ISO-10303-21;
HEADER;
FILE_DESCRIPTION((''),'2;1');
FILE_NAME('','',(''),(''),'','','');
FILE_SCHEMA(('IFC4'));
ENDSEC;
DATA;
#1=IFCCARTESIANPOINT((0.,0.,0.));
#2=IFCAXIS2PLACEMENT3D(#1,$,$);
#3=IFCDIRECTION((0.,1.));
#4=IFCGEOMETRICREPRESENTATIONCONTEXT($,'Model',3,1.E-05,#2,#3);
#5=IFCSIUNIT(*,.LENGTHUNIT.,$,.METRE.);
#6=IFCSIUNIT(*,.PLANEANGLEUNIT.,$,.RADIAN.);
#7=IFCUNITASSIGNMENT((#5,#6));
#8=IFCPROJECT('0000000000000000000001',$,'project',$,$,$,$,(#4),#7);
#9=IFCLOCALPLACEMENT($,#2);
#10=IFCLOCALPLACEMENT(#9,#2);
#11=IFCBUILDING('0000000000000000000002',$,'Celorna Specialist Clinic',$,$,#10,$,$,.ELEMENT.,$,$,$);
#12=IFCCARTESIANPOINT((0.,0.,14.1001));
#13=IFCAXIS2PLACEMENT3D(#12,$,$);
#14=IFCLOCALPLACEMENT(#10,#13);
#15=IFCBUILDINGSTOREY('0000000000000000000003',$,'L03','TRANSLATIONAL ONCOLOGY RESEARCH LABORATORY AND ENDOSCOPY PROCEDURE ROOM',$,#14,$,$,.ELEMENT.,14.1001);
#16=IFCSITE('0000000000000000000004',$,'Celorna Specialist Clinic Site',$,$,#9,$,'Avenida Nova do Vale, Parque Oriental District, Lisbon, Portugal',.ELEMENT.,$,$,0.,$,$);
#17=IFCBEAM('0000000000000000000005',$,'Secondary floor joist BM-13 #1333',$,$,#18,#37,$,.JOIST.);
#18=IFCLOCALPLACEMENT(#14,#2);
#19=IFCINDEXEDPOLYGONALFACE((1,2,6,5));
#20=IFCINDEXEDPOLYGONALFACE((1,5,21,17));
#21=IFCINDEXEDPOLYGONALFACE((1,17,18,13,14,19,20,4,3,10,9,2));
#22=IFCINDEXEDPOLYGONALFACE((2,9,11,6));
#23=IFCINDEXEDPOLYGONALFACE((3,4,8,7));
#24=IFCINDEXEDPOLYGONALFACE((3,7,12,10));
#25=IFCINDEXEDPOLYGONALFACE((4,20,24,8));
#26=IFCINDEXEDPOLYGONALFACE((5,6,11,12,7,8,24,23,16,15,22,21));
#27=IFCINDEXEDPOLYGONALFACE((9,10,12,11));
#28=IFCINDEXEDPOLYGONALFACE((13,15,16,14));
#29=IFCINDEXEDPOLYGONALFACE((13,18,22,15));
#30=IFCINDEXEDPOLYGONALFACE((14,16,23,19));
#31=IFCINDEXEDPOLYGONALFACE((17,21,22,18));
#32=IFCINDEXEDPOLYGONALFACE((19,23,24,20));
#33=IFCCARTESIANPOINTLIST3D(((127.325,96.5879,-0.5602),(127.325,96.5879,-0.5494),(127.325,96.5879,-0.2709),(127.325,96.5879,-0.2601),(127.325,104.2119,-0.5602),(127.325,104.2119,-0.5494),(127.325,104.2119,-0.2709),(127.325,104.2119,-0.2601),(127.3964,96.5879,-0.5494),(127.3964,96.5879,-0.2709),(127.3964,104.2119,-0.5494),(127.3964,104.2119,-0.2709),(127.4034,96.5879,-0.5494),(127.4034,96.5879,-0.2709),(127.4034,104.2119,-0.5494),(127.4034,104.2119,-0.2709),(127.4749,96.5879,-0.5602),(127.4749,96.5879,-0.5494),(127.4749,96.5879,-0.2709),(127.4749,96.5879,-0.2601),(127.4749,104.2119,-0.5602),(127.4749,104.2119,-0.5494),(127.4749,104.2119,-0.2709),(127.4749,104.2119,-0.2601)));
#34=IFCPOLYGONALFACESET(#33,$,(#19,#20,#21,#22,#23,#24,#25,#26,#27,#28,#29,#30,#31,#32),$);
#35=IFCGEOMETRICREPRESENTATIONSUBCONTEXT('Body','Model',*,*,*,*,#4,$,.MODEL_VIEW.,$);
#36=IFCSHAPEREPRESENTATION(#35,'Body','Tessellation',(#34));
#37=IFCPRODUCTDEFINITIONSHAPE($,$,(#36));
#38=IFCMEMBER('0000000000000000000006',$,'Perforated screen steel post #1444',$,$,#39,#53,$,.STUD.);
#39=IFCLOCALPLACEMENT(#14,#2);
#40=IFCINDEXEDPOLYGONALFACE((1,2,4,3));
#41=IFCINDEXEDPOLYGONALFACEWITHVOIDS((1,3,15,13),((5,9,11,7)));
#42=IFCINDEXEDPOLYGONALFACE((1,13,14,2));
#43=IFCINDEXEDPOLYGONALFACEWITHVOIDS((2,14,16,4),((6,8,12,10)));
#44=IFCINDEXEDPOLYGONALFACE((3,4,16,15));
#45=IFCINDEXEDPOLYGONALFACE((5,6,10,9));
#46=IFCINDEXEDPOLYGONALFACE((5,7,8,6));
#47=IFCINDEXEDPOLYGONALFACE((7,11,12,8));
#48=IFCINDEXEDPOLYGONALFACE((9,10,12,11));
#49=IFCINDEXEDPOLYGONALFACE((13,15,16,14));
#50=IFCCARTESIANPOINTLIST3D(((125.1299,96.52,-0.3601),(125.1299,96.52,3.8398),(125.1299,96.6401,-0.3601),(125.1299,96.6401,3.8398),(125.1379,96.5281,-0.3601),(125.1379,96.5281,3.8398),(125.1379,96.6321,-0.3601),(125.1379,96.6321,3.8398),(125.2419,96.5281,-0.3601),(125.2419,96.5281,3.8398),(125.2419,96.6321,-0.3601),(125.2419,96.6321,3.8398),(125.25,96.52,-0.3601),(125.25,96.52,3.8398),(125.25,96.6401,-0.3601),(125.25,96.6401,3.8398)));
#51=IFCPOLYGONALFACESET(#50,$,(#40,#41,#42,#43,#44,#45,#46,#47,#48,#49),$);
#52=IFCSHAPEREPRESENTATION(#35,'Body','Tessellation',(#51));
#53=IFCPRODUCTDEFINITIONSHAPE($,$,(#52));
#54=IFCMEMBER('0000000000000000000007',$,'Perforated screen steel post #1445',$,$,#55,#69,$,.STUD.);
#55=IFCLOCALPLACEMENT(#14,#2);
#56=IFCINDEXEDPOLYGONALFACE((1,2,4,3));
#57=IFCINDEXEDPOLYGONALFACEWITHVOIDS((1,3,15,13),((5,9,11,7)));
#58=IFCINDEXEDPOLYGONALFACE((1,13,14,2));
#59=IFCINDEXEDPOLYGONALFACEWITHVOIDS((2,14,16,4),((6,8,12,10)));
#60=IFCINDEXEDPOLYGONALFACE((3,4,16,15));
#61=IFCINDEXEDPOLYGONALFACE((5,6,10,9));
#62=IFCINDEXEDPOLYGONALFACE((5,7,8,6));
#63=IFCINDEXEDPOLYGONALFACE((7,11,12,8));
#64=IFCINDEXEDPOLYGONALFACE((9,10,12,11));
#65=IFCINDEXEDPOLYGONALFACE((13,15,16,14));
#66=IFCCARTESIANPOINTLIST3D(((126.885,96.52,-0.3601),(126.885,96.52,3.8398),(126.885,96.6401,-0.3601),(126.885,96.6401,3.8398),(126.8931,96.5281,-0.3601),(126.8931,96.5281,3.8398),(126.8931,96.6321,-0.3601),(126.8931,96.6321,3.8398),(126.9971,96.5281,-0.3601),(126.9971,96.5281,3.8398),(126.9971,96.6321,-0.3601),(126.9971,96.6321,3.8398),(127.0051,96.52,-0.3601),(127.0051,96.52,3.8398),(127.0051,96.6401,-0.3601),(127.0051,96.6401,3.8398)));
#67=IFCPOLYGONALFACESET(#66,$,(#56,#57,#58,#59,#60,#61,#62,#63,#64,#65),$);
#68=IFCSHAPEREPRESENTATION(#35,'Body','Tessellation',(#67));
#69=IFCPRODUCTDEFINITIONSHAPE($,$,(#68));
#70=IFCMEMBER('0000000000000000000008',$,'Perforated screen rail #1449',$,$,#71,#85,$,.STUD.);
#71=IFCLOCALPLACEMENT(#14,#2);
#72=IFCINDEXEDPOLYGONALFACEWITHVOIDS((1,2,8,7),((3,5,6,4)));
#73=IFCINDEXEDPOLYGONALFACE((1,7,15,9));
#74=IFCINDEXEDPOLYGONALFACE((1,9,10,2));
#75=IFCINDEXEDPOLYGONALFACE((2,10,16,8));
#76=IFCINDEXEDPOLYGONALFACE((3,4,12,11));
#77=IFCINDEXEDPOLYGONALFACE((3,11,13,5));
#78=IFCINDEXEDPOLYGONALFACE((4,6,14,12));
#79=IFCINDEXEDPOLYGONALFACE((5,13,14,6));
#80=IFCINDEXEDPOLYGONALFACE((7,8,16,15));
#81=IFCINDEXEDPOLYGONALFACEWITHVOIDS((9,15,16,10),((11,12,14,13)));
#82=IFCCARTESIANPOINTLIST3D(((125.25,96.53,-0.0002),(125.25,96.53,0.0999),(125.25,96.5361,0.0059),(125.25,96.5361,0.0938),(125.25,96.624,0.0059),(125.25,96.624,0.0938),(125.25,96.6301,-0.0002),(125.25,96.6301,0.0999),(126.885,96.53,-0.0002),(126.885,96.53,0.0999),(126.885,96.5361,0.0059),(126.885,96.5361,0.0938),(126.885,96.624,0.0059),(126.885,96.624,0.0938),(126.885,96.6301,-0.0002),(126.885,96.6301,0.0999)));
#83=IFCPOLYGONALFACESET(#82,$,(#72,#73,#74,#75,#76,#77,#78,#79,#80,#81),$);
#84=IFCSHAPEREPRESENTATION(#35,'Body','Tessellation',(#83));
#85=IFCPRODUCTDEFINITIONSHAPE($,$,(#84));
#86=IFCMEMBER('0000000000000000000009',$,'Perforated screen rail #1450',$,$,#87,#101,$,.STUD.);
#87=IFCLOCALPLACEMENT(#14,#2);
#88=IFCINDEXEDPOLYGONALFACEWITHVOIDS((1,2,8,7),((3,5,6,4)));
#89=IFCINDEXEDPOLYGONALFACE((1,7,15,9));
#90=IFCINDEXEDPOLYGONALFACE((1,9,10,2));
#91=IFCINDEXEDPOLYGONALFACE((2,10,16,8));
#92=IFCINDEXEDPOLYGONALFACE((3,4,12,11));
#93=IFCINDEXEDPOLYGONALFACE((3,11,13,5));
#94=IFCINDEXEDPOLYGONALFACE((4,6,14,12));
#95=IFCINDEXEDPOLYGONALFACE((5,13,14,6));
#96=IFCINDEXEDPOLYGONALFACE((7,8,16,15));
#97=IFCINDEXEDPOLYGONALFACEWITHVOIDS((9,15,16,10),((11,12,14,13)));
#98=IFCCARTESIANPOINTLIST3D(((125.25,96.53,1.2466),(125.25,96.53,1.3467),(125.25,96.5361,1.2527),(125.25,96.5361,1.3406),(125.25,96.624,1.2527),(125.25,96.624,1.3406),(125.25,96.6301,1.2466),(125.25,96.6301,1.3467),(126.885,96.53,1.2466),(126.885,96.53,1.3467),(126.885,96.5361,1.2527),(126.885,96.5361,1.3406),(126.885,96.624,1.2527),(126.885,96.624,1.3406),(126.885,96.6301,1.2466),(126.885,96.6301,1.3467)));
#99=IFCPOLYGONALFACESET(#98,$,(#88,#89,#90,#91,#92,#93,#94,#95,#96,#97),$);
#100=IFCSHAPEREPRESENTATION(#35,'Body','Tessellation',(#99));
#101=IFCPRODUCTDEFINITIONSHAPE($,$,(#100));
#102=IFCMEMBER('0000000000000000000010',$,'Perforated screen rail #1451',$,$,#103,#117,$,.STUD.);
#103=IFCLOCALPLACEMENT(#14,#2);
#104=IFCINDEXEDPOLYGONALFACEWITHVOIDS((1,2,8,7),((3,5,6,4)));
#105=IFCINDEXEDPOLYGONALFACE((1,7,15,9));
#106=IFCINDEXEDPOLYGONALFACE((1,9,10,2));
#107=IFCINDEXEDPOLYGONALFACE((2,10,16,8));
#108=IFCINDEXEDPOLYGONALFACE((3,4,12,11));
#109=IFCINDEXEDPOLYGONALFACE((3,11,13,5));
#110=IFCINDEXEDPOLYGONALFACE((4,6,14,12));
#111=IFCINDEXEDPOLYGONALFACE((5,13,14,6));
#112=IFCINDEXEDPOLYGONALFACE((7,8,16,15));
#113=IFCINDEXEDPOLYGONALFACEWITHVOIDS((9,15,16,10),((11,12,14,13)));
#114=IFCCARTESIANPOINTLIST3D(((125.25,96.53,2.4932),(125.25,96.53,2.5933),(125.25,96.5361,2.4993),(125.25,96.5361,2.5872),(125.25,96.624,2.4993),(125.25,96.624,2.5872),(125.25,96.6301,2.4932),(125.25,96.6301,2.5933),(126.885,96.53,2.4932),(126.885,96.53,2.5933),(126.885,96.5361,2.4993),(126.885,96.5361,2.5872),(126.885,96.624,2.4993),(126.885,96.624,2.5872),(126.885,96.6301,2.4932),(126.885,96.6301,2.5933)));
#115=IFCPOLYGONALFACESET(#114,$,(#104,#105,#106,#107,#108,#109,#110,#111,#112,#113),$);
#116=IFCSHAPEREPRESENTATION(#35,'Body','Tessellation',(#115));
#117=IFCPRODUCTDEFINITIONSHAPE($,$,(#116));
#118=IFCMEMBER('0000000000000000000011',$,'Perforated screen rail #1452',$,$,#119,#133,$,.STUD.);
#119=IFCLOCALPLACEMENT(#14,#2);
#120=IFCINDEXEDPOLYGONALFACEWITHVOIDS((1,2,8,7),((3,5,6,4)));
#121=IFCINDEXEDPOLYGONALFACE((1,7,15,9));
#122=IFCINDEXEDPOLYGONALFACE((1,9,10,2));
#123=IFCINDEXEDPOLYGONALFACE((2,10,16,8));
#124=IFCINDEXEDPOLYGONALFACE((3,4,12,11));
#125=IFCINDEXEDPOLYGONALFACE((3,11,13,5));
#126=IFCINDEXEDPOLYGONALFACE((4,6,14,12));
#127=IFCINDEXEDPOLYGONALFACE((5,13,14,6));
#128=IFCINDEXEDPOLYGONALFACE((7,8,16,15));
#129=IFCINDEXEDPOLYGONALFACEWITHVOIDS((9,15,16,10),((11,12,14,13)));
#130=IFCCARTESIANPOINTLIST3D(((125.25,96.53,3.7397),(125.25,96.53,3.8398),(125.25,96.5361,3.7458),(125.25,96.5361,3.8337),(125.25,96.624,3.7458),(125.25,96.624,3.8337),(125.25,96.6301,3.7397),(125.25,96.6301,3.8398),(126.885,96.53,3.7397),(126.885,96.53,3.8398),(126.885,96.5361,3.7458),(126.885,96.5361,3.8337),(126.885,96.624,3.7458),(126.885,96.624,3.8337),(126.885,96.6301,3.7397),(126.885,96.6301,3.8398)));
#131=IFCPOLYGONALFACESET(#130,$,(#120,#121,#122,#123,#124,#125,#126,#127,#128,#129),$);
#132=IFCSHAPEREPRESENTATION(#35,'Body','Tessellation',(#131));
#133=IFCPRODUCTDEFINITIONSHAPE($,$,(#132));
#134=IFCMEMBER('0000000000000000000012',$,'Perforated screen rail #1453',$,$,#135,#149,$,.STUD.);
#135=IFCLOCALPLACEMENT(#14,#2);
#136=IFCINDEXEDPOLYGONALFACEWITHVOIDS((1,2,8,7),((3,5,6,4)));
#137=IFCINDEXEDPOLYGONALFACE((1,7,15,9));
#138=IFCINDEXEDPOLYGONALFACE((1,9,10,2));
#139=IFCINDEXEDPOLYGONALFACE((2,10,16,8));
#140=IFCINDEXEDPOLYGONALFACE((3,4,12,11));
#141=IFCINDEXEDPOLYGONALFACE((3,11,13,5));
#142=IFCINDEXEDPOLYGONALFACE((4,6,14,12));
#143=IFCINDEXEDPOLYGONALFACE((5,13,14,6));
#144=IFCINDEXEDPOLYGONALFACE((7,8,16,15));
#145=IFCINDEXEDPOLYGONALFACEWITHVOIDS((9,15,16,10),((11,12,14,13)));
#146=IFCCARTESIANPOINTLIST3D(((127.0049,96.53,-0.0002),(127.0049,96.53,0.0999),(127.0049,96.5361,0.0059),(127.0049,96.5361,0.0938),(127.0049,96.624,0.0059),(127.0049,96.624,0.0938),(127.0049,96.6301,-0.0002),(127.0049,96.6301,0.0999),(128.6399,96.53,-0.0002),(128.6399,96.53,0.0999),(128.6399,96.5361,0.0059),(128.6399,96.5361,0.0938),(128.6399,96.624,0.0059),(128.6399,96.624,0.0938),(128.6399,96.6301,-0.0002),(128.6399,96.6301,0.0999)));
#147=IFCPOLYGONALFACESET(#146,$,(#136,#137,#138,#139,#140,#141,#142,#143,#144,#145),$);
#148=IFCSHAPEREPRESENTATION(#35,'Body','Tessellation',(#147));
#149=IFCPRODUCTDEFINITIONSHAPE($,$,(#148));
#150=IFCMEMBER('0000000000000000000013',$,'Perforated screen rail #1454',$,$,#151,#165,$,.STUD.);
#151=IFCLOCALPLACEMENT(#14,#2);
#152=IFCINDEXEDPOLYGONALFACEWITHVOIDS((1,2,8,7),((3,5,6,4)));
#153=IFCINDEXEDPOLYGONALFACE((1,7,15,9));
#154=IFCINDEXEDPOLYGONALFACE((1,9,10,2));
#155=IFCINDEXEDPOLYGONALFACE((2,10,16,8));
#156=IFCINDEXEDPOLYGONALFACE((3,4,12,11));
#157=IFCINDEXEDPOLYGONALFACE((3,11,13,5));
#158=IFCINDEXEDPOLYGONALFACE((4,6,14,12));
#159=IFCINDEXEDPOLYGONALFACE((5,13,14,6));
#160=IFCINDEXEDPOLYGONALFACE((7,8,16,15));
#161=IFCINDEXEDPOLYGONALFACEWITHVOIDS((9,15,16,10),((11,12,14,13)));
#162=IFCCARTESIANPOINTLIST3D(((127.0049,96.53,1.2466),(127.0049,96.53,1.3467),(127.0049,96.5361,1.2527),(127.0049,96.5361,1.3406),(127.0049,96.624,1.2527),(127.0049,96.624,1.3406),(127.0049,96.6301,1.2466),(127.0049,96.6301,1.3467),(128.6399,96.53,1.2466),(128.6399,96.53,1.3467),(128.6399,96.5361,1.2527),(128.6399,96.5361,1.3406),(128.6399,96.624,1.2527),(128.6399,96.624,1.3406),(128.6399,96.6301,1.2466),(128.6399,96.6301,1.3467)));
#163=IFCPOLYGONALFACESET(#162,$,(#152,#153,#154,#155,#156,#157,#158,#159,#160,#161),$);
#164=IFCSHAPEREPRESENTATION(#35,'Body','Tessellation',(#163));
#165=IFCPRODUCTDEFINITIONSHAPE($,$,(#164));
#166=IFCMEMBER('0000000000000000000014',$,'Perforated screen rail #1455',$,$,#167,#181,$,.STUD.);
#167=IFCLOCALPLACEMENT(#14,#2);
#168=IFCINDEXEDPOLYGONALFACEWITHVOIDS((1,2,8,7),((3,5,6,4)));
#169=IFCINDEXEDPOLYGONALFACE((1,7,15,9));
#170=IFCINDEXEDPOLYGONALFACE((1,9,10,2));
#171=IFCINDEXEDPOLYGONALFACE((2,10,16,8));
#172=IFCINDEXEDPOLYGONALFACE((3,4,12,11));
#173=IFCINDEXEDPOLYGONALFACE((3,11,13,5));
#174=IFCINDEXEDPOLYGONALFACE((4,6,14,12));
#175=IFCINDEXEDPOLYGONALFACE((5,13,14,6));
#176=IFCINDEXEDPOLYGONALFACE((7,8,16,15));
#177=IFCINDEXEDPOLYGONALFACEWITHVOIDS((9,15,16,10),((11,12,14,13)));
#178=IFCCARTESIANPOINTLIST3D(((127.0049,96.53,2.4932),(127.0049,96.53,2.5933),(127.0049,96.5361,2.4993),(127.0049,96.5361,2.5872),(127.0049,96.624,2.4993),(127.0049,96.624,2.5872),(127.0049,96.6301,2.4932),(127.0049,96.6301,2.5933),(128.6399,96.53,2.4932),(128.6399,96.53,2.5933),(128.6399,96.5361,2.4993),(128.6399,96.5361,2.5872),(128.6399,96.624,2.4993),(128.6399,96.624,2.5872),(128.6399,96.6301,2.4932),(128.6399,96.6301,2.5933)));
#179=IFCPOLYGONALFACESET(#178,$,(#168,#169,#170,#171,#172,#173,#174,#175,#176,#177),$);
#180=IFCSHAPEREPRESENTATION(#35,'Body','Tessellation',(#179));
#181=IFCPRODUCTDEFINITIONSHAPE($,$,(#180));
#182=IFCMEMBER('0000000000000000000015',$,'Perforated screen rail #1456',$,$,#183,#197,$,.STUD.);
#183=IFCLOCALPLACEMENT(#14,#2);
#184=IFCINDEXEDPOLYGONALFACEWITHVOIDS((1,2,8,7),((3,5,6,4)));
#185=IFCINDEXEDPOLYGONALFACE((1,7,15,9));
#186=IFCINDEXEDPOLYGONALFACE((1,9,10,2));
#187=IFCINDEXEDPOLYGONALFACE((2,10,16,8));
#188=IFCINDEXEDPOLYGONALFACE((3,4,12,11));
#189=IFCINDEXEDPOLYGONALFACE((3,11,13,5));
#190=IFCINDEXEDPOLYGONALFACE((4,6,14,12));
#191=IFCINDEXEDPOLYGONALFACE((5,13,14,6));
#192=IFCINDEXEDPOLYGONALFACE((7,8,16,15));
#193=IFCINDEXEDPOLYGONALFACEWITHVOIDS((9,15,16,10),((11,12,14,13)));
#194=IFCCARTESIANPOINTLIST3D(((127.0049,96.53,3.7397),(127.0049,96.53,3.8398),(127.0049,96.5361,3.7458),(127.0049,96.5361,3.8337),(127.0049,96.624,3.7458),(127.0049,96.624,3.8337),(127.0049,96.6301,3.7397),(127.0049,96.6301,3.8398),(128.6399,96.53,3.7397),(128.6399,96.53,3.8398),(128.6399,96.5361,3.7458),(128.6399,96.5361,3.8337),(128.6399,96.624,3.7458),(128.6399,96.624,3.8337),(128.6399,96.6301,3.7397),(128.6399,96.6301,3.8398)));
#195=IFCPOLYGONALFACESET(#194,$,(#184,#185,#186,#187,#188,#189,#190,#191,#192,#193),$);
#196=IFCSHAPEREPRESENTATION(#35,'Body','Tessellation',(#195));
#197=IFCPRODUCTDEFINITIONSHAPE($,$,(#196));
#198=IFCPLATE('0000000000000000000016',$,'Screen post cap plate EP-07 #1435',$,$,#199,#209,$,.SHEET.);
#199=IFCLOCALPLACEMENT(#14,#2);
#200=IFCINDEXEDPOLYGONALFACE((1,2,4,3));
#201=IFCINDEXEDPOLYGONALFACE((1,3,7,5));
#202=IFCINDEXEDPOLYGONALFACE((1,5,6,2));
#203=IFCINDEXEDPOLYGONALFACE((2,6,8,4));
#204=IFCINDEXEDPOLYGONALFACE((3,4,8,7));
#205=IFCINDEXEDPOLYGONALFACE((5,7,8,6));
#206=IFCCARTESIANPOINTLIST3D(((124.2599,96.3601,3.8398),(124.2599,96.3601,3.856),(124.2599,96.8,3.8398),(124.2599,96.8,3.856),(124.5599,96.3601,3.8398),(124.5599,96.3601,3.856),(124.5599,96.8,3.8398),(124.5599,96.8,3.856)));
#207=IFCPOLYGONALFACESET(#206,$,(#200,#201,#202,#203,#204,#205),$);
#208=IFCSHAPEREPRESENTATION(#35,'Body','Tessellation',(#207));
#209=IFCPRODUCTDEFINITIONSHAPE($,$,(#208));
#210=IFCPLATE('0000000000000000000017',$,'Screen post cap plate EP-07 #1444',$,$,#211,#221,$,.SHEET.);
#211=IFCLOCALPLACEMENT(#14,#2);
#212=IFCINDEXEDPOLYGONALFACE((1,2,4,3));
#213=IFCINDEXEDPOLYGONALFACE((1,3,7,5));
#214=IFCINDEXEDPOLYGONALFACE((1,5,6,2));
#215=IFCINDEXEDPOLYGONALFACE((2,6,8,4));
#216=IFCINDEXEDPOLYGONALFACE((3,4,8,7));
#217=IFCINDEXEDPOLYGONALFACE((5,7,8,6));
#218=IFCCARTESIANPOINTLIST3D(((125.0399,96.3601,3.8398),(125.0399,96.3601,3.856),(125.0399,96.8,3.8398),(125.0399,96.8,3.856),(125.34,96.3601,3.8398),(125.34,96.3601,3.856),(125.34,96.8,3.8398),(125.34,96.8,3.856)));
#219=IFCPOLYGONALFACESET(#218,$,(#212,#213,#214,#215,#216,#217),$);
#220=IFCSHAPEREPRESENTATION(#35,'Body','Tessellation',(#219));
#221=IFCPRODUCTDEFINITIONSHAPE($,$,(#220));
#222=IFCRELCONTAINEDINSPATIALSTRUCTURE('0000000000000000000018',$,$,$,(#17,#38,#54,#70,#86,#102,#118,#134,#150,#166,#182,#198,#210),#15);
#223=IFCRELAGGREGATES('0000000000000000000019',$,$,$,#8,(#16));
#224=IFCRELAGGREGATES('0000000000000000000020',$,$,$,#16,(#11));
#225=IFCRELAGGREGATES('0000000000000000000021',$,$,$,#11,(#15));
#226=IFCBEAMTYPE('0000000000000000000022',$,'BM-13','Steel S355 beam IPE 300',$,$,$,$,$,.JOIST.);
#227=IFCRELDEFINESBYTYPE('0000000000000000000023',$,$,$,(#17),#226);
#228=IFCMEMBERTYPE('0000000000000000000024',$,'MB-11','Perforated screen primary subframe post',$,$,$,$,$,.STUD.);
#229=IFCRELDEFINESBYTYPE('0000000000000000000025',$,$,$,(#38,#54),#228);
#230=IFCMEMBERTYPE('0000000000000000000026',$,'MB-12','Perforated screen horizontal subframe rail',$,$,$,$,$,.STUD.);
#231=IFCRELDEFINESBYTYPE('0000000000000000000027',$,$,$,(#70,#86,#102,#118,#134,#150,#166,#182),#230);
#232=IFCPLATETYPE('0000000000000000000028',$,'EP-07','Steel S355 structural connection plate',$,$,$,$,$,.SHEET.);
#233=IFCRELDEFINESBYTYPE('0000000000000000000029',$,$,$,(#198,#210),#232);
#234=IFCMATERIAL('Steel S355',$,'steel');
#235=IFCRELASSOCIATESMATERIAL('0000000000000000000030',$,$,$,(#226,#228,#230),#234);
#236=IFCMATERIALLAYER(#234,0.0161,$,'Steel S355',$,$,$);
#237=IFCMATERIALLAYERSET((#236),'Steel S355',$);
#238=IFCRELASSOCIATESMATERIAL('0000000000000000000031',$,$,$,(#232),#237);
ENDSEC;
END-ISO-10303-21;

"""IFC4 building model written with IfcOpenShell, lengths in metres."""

from ifc_helpers import new_model, si_unit, direction, frame, origin, origin_2d, place, context, subcontext, project, spatial, rectangle, hollow_rectangle, i_section, extrude, material, layer, layer_set, material_profile, profile_set, type_object, element, save


model = new_model("IFC4")

# Units and contexts
model_context = context("Model", 3, precision=1e-05, world=origin(), true_north=direction((0.0, 1.0)))
body_context = subcontext(model_context, "Body", "Model", "MODEL_VIEW")
ifc_project = project(units=[si_unit("LENGTHUNIT", "METRE"), si_unit("PLANEANGLEUNIT", "RADIAN")], contexts=[model_context])

# Site, building, storey
site_placement = place(None, origin())
site = spatial("IfcSite", under=ifc_project, at=site_placement, Name="Celorna Specialist Clinic Site", LongName="Avenida Nova do Vale, Parque Oriental District, Lisbon, Portugal", CompositionType="ELEMENT", RefElevation=0.0)
building_placement = place(site_placement, origin())
building = spatial("IfcBuilding", under=site, at=building_placement, Name="Celorna Specialist Clinic", CompositionType="ELEMENT")
storey_placement = place(building_placement, frame((0.0, 0.0, 14.1001)))
storey = spatial("IfcBuildingStorey", under=building, at=storey_placement, Name="L03", Description="TRANSLATIONAL ONCOLOGY RESEARCH LABORATORY AND ENDOSCOPY PROCEDURE ROOM", CompositionType="ELEMENT", Elevation=14.1001)

# Beam
ifc_material_1 = material(Name="Steel S355", Category="steel")
ifc_material_profile_1 = material_profile(ifc_material_1, i_section(OverallWidth=0.1499, OverallDepth=0.3, WebThickness=0.0071, FlangeThickness=0.0107, at=origin_2d()), Name="IPE 300")
ifc_profile_set_1 = profile_set([ifc_material_profile_1], Name="Steel S355")
beam_type = type_object("IfcBeamType", Name="BM-13", Description="Steel S355 beam IPE 300", PredefinedType="JOIST", material=ifc_profile_set_1)
beam_placement = place(storey_placement, frame((127.3999, 96.5879, -0.4102), z_axis=(0.0, 1.0, 0.0), x_axis=(-1.0, 0.0, 0.0)))
element("IfcBeam", 1, at=beam_placement, inside=storey, type_object=beam_type, Name="Secondary floor joist BM-13 #1333", PredefinedType="JOIST", context=body_context, shape_type="SweptSolid", body=[
    extrude(i_section(OverallWidth=0.1499, OverallDepth=0.3, WebThickness=0.0071, FlangeThickness=0.0107, at=origin_2d()), origin(), (0.0, 0.0, 1.0), 7.624),
])

# Members
ifc_material_profile_2 = material_profile(ifc_material_1, hollow_rectangle(XDim=0.1201, YDim=0.1201, WallThickness=0.0081, at=origin_2d()), Name="SHS 120x120x8")
ifc_profile_set_2 = profile_set([ifc_material_profile_2], Name="Steel S355")
member_type_1 = type_object("IfcMemberType", Name="MB-11", Description="Perforated screen primary subframe post", PredefinedType="STUD", material=ifc_profile_set_2)
for number, where, z_axis, x_axis, name in (
    (2, (125.1899, 96.5801, -0.3601), (0.0, 0.0, 1.0), (1.0, 0.0, 0.0), "Perforated screen steel post #1444"),
    (3, (126.9451, 96.5801, -0.3601), (0.0, 0.0, 1.0), (1.0, 0.0, 0.0), "Perforated screen steel post #1445"),
):
    element("IfcMember", number, at=place(storey_placement, frame(where, z_axis=z_axis, x_axis=x_axis)), inside=storey, type_object=member_type_1, Name=name, PredefinedType="STUD", context=body_context, shape_type="SweptSolid", body=[
        extrude(hollow_rectangle(XDim=0.1201, YDim=0.1201, WallThickness=0.0081, at=origin_2d()), origin(), (0.0, 0.0, 1.0), 4.2),
    ])
ifc_material_profile_3 = material_profile(ifc_material_1, hollow_rectangle(XDim=0.1001, YDim=0.1001, WallThickness=0.0061, at=origin_2d()), Name="SHS 100x100x6")
ifc_profile_set_3 = profile_set([ifc_material_profile_3], Name="Steel S355")
member_type_2 = type_object("IfcMemberType", Name="MB-12", Description="Perforated screen horizontal subframe rail", PredefinedType="STUD", material=ifc_profile_set_3)
for number, where, z_axis, x_axis, name in (
    (4, (125.25, 96.5801, 0.0498), (1.0, 0.0, 0.0), (0.0, 1.0, 0.0), "Perforated screen rail #1449"),
    (5, (125.25, 96.5801, 1.2966), (1.0, 0.0, 0.0), (0.0, 1.0, 0.0), "Perforated screen rail #1450"),
    (6, (125.25, 96.5801, 2.5432), (1.0, 0.0, 0.0), (0.0, 1.0, 0.0), "Perforated screen rail #1451"),
    (7, (125.25, 96.5801, 3.7898), (1.0, 0.0, 0.0), (0.0, 1.0, 0.0), "Perforated screen rail #1452"),
    (8, (127.0049, 96.5801, 0.0498), (1.0, 0.0, 0.0), (0.0, 1.0, 0.0), "Perforated screen rail #1453"),
    (9, (127.0049, 96.5801, 1.2966), (1.0, 0.0, 0.0), (0.0, 1.0, 0.0), "Perforated screen rail #1454"),
    (10, (127.0049, 96.5801, 2.5432), (1.0, 0.0, 0.0), (0.0, 1.0, 0.0), "Perforated screen rail #1455"),
    (11, (127.0049, 96.5801, 3.7898), (1.0, 0.0, 0.0), (0.0, 1.0, 0.0), "Perforated screen rail #1456"),
):
    element("IfcMember", number, at=place(storey_placement, frame(where, z_axis=z_axis, x_axis=x_axis)), inside=storey, type_object=member_type_2, Name=name, PredefinedType="STUD", context=body_context, shape_type="SweptSolid", body=[
        extrude(hollow_rectangle(XDim=0.1001, YDim=0.1001, WallThickness=0.0061, at=origin_2d()), origin(), (0.0, 0.0, 1.0), 1.635),
    ])

# Plates
ifc_layer_1 = layer(ifc_material_1, 0.0161, Name="Steel S355")
ifc_layer_set_1 = layer_set([ifc_layer_1], Name="Steel S355")
plate_type_1 = type_object("IfcPlateType", Name="EP-07", Description="Steel S355 structural connection plate", PredefinedType="SHEET", material=ifc_layer_set_1)
for number, where, z_axis, x_axis, name in (
    (12, (124.4099, 96.5801, 3.8398), (0.0, 0.0, 1.0), (1.0, 0.0, 0.0), "Screen post cap plate EP-07 #1435"),
    (13, (125.1899, 96.5801, 3.8398), (0.0, 0.0, 1.0), (1.0, 0.0, 0.0), "Screen post cap plate EP-07 #1444"),
):
    element("IfcPlate", number, at=place(storey_placement, frame(where, z_axis=z_axis, x_axis=x_axis)), inside=storey, type_object=plate_type_1, Name=name, PredefinedType="SHEET", context=body_context, shape_type="SweptSolid", body=[
        extrude(rectangle(XDim=0.3, YDim=0.4399, at=origin_2d()), origin(), (0.0, 0.0, 1.0), 0.0161),
    ])

save(model, "model.ifc")
